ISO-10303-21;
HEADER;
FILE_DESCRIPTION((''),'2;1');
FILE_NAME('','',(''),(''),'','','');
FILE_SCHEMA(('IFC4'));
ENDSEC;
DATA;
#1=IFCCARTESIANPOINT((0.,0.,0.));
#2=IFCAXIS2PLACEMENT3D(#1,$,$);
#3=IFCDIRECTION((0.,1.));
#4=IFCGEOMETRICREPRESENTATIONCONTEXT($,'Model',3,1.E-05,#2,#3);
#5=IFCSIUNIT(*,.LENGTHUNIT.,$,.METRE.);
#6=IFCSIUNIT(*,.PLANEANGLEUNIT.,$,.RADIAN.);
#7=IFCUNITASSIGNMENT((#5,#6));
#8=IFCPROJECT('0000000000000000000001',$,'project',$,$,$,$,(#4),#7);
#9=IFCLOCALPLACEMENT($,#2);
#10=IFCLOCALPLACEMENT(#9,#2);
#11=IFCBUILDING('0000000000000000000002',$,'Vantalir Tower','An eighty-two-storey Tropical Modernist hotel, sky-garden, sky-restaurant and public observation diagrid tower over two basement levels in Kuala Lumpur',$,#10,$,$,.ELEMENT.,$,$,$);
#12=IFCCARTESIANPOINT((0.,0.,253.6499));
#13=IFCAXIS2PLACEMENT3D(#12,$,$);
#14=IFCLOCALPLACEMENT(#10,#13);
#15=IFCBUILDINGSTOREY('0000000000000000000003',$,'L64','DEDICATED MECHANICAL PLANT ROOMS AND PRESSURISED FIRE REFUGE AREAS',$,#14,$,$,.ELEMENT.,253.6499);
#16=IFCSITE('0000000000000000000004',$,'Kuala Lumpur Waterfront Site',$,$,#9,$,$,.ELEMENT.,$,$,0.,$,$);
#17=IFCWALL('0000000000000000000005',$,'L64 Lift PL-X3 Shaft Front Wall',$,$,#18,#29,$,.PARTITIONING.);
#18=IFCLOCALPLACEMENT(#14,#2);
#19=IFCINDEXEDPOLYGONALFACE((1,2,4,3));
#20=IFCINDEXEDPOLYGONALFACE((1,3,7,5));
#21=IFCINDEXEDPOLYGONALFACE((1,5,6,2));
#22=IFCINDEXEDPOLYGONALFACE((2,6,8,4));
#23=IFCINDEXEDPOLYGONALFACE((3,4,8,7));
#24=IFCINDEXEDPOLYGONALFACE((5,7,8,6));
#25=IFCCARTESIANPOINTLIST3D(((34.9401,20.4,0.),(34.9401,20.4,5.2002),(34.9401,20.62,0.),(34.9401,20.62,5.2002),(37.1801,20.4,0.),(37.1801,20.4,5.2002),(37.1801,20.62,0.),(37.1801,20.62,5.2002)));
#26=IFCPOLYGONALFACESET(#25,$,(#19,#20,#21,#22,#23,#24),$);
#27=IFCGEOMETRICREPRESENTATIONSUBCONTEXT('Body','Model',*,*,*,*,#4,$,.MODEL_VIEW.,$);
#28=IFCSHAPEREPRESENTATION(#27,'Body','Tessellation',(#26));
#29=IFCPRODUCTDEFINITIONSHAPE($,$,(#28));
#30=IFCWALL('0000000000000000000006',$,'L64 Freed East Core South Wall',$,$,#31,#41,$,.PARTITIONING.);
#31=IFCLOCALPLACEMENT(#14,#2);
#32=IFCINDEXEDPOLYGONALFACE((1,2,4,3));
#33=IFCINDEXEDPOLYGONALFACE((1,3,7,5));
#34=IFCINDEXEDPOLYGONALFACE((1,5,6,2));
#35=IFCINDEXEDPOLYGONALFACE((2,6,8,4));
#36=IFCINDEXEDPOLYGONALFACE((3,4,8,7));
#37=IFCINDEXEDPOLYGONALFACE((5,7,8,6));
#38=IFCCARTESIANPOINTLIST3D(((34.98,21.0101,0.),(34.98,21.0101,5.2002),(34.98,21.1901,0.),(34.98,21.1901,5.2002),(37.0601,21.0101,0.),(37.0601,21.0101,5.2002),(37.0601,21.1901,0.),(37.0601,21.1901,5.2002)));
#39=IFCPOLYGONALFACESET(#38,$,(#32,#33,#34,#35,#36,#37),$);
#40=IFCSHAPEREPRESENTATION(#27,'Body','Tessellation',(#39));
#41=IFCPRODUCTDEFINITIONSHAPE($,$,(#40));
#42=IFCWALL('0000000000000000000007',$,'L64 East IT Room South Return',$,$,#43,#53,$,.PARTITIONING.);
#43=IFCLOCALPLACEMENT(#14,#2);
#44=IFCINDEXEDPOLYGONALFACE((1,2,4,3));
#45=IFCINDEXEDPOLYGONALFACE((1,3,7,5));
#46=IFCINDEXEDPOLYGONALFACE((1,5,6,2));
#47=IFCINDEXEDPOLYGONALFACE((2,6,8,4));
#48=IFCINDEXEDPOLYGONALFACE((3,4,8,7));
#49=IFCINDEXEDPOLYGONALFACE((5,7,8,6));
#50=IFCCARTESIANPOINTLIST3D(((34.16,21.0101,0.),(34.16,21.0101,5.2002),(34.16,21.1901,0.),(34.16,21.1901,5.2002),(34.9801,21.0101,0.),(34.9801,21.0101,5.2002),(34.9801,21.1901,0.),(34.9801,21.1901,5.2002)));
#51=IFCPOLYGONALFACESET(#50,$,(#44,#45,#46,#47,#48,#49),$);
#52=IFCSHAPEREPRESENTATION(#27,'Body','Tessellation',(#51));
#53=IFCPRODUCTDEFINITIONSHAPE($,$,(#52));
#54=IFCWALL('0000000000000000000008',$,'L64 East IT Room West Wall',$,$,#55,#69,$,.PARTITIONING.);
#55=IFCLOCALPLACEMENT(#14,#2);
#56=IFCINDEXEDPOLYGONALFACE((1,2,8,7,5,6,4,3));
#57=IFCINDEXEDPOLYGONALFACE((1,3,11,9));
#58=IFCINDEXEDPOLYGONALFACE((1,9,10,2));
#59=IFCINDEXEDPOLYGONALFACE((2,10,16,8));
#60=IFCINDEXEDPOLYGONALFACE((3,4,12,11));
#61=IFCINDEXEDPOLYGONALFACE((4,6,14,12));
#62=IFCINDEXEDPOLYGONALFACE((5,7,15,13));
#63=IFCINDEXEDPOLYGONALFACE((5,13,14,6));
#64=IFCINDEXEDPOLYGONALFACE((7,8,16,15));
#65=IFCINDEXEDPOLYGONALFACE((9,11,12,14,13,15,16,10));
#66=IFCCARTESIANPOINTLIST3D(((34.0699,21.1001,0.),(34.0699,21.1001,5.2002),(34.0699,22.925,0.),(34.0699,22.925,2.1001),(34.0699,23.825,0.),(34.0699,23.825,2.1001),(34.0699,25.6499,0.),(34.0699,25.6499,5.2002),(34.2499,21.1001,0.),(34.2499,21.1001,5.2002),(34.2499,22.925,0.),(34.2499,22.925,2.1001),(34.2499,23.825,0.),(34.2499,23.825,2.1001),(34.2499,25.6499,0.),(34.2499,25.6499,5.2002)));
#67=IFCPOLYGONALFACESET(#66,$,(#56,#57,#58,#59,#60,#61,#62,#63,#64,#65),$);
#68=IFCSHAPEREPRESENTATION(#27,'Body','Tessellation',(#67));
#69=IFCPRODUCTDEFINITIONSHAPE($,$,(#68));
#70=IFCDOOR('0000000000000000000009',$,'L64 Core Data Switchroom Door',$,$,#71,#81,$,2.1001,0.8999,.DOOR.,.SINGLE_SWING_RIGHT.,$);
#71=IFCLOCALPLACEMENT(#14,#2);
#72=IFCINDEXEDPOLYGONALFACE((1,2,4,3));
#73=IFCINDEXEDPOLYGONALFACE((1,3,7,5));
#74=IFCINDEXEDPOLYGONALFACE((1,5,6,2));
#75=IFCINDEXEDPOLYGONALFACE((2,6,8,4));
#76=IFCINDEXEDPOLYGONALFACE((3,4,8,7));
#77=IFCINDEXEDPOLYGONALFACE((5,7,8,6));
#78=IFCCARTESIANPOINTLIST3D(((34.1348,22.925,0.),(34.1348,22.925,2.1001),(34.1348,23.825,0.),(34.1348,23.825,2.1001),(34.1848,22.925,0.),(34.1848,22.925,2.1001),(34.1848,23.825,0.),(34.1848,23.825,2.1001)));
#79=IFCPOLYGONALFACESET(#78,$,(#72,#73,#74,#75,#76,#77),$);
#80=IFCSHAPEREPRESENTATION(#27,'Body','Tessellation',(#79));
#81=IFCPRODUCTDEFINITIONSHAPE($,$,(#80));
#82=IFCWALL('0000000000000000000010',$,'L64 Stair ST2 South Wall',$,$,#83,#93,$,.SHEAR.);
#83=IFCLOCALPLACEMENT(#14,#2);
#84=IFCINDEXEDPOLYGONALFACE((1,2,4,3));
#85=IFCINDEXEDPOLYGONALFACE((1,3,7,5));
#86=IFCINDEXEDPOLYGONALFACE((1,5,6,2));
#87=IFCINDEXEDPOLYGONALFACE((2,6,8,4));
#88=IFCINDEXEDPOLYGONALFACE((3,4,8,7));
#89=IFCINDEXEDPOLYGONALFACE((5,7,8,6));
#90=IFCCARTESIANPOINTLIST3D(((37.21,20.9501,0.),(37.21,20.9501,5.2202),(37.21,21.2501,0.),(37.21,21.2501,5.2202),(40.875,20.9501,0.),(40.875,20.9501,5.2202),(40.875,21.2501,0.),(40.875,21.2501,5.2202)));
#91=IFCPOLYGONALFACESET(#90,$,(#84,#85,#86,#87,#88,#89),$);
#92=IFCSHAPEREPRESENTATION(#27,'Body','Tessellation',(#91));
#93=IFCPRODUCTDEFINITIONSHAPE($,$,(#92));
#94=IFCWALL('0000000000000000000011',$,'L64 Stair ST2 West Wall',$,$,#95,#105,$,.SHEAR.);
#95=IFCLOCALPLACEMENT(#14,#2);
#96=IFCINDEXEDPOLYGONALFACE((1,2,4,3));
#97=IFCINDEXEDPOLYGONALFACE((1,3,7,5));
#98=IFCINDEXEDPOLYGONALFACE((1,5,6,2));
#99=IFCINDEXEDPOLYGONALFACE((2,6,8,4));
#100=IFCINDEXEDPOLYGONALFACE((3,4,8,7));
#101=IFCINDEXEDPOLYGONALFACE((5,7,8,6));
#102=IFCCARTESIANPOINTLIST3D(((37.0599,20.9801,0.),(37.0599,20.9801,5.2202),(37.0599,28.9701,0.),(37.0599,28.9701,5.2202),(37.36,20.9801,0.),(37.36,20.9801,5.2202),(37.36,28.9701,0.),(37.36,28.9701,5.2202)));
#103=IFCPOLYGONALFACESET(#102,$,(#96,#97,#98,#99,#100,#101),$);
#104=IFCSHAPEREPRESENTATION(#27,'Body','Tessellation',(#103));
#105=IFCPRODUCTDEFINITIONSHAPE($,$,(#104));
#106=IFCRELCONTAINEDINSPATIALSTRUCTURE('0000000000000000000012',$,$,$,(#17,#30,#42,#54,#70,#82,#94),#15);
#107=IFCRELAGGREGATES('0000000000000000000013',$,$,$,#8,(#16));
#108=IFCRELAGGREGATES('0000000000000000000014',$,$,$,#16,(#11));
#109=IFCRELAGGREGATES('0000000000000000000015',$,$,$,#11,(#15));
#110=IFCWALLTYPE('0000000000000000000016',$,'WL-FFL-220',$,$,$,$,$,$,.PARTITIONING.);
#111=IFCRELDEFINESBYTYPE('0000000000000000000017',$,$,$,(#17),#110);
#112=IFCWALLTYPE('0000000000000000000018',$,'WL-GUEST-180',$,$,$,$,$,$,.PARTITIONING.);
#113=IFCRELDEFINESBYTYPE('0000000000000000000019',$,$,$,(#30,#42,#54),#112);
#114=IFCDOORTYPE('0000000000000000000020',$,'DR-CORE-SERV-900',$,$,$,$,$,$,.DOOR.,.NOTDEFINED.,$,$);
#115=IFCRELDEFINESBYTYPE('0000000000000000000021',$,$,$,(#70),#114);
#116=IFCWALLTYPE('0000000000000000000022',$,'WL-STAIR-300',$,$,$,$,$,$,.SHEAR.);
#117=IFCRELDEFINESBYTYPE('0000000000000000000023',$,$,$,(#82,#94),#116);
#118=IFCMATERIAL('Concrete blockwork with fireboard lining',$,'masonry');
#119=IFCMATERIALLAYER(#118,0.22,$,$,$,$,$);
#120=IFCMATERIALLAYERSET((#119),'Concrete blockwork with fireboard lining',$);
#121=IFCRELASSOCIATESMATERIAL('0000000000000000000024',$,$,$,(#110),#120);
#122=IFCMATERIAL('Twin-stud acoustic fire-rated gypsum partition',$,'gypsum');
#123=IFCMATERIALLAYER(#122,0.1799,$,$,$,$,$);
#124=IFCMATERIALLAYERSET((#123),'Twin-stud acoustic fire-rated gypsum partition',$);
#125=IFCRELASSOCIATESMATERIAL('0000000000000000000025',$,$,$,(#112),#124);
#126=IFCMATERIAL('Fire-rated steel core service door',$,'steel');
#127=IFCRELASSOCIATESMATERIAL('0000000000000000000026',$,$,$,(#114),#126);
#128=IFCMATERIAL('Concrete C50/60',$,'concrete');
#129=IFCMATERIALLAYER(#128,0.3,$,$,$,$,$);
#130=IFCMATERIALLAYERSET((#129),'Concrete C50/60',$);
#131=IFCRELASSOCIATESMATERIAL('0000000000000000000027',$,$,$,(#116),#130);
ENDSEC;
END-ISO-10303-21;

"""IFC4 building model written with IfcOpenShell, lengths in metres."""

from ifc_helpers import new_model, si_unit, direction, frame, frame_2d, origin, place, context, subcontext, project, spatial, rectangle, extrude, material, layer, layer_set, type_object, element, fill, save


model = new_model("IFC4")

# Units and contexts
model_context = context("Model", 3, precision=1e-05, world=origin(), true_north=direction((0.0, 1.0)))
body_context = subcontext(model_context, "Body", "Model", "MODEL_VIEW")
ifc_project = project(units=[si_unit("LENGTHUNIT", "METRE"), si_unit("PLANEANGLEUNIT", "RADIAN")], contexts=[model_context])

# Site, building, storey
site_placement = place(None, origin())
site = spatial("IfcSite", under=ifc_project, at=site_placement, Name="Kuala Lumpur Waterfront Site", CompositionType="ELEMENT", RefElevation=0.0)
building_placement = place(site_placement, origin())
building = spatial("IfcBuilding", under=site, at=building_placement, Name="Vantalir Tower", Description="An eighty-two-storey Tropical Modernist hotel, sky-garden, sky-restaurant and public observation diagrid tower over two basement levels in Kuala Lumpur", CompositionType="ELEMENT")
storey_placement = place(building_placement, frame((0.0, 0.0, 253.6499)))
storey = spatial("IfcBuildingStorey", under=building, at=storey_placement, Name="L64", Description="DEDICATED MECHANICAL PLANT ROOMS AND PRESSURISED FIRE REFUGE AREAS", CompositionType="ELEMENT", Elevation=253.6499)

# Shared definitions
ifc_material_1 = material(Name="Concrete C50/60", Category="concrete")

# Shared definitions
ifc_material_2 = material(Name="Concrete blockwork with fireboard lining", Category="masonry")
ifc_layer_1 = layer(ifc_material_2, 0.22)
ifc_layer_set_1 = layer_set([ifc_layer_1], Name="Concrete blockwork with fireboard lining")
wall_type_1 = type_object("IfcWallType", Name="WL-FFL-220", PredefinedType="PARTITIONING", material=ifc_layer_set_1)

# Walls
for number, where, z_axis, x_axis, name in (
    (1, (34.9399, 20.51, 0.0), (0.0, 0.0, 1.0), (1.0, 0.0, 0.0), "L64 Lift PL-X3 Shaft Front Wall"),
):
    element("IfcWall", number, at=place(storey_placement, frame(where, z_axis=z_axis, x_axis=x_axis)), inside=storey, type_object=wall_type_1, Name=name, PredefinedType="PARTITIONING", context=body_context, shape_type="SweptSolid", body=[
        extrude(rectangle(XDim=2.24, YDim=0.22, at=frame_2d((1.1201, 0.0))), origin(), (0.0, 0.0, 1.0), 5.2002),
    ])
ifc_material_3 = material(Name="Twin-stud acoustic fire-rated gypsum partition", Category="gypsum")
ifc_layer_2 = layer(ifc_material_3, 0.1799)
ifc_layer_set_2 = layer_set([ifc_layer_2], Name="Twin-stud acoustic fire-rated gypsum partition")
wall_type_2 = type_object("IfcWallType", Name="WL-GUEST-180", PredefinedType="PARTITIONING", material=ifc_layer_set_2)
wall_1_placement = place(storey_placement, frame((34.98, 21.1001, 0.0), z_axis=(0.0, 0.0, 1.0), x_axis=(1.0, 0.0, 0.0)))
element("IfcWall", 2, at=wall_1_placement, inside=storey, type_object=wall_type_2, Name="L64 Freed East Core South Wall", PredefinedType="PARTITIONING", context=body_context, shape_type="SweptSolid", body=[
    extrude(rectangle(XDim=2.0801, YDim=0.1799, at=frame_2d((1.04, 0.0))), origin(), (0.0, 0.0, 1.0), 5.2002),
])
wall_2_placement = place(storey_placement, frame((34.1599, 21.1001, 0.0), z_axis=(0.0, 0.0, 1.0), x_axis=(1.0, 0.0, 0.0)))
element("IfcWall", 3, at=wall_2_placement, inside=storey, type_object=wall_type_2, Name="L64 East IT Room South Return", PredefinedType="PARTITIONING", context=body_context, shape_type="SweptSolid", body=[
    extrude(rectangle(XDim=0.8201, YDim=0.1799, at=frame_2d((0.4102, 0.0))), origin(), (0.0, 0.0, 1.0), 5.2002),
])

# Wall, opening, door
wall_3_placement = place(storey_placement, frame((34.1599, 21.1001, 0.0), z_axis=(0.0, 0.0, 1.0), x_axis=(0.0, 1.0, 0.0)))
wall_3 = element("IfcWall", 4, at=wall_3_placement, inside=storey, type_object=wall_type_2, Name="L64 East IT Room West Wall", PredefinedType="PARTITIONING", context=body_context, shape_type="SweptSolid", body=[
    extrude(rectangle(XDim=4.5498, YDim=0.1799, at=frame_2d((2.2749, 0.0))), origin(), (0.0, 0.0, 1.0), 5.2002),
])
opening_1_placement = place(wall_3_placement, frame((1.825, 0.0, 0.0)))
opening_1 = element("IfcOpeningElement", 5, at=opening_1_placement, cuts=wall_3, PredefinedType="OPENING", context=body_context, shape_type="SweptSolid", body=[
    extrude(rectangle(XDim=0.8999, YDim=2.1001, at=frame_2d((0.45, 1.05))), frame((0.0, 0.0999, 0.0), z_axis=(0.0, -1.0, 0.0), x_axis=(1.0, 0.0, 0.0)), (0.0, 0.0, 1.0), 0.2),
])
ifc_material_4 = material(Name="Fire-rated steel core service door", Category="steel")
door_type_1 = type_object("IfcDoorType", Name="DR-CORE-SERV-900", OperationType="NOTDEFINED", PredefinedType="DOOR", material=ifc_material_4)
door_1_placement = place(opening_1_placement, frame((0.8999, 0.0, 0.0), z_axis=(0.0, 0.0, 1.0), x_axis=(-1.0, 0.0, 0.0)))
door_1 = element("IfcDoor", 6, at=door_1_placement, inside=storey, type_object=door_type_1, Name="L64 Core Data Switchroom Door", OperationType="SINGLE_SWING_RIGHT", OverallHeight=2.1001, OverallWidth=0.8999, PredefinedType="DOOR", context=body_context, shape_type="SweptSolid", body=[
    extrude(rectangle(XDim=0.8999, YDim=2.1001, at=frame_2d((0.45, 1.05))), frame((0.0, 0.0249, 0.0), z_axis=(0.0, -1.0, 0.0), x_axis=(1.0, 0.0, 0.0)), (0.0, 0.0, 1.0), 0.05),
])
fill(opening_1, door_1)

# Walls
ifc_layer_3 = layer(ifc_material_1, 0.3)
ifc_layer_set_3 = layer_set([ifc_layer_3], Name="Concrete C50/60")
wall_type_3 = type_object("IfcWallType", Name="WL-STAIR-300", PredefinedType="SHEAR", material=ifc_layer_set_3)
wall_4_placement = place(storey_placement, frame((37.21, 21.1001, 0.0), z_axis=(0.0, 0.0, 1.0), x_axis=(1.0, 0.0, 0.0)))
element("IfcWall", 7, at=wall_4_placement, inside=storey, type_object=wall_type_3, Name="L64 Stair ST2 South Wall", PredefinedType="SHEAR", context=body_context, shape_type="SweptSolid", body=[
    extrude(rectangle(XDim=3.665, YDim=0.3, at=frame_2d((1.8325, 0.0))), origin(), (0.0, 0.0, 1.0), 5.2202),
])
wall_5_placement = place(storey_placement, frame((37.21, 20.98, 0.0), z_axis=(0.0, 0.0, 1.0), x_axis=(0.0, 1.0, 0.0)))
element("IfcWall", 8, at=wall_5_placement, inside=storey, type_object=wall_type_3, Name="L64 Stair ST2 West Wall", PredefinedType="SHEAR", context=body_context, shape_type="SweptSolid", body=[
    extrude(rectangle(XDim=7.99, YDim=0.3, at=frame_2d((3.9951, 0.0))), origin(), (0.0, 0.0, 1.0), 5.2202),
])

save(model, "model.ifc")
